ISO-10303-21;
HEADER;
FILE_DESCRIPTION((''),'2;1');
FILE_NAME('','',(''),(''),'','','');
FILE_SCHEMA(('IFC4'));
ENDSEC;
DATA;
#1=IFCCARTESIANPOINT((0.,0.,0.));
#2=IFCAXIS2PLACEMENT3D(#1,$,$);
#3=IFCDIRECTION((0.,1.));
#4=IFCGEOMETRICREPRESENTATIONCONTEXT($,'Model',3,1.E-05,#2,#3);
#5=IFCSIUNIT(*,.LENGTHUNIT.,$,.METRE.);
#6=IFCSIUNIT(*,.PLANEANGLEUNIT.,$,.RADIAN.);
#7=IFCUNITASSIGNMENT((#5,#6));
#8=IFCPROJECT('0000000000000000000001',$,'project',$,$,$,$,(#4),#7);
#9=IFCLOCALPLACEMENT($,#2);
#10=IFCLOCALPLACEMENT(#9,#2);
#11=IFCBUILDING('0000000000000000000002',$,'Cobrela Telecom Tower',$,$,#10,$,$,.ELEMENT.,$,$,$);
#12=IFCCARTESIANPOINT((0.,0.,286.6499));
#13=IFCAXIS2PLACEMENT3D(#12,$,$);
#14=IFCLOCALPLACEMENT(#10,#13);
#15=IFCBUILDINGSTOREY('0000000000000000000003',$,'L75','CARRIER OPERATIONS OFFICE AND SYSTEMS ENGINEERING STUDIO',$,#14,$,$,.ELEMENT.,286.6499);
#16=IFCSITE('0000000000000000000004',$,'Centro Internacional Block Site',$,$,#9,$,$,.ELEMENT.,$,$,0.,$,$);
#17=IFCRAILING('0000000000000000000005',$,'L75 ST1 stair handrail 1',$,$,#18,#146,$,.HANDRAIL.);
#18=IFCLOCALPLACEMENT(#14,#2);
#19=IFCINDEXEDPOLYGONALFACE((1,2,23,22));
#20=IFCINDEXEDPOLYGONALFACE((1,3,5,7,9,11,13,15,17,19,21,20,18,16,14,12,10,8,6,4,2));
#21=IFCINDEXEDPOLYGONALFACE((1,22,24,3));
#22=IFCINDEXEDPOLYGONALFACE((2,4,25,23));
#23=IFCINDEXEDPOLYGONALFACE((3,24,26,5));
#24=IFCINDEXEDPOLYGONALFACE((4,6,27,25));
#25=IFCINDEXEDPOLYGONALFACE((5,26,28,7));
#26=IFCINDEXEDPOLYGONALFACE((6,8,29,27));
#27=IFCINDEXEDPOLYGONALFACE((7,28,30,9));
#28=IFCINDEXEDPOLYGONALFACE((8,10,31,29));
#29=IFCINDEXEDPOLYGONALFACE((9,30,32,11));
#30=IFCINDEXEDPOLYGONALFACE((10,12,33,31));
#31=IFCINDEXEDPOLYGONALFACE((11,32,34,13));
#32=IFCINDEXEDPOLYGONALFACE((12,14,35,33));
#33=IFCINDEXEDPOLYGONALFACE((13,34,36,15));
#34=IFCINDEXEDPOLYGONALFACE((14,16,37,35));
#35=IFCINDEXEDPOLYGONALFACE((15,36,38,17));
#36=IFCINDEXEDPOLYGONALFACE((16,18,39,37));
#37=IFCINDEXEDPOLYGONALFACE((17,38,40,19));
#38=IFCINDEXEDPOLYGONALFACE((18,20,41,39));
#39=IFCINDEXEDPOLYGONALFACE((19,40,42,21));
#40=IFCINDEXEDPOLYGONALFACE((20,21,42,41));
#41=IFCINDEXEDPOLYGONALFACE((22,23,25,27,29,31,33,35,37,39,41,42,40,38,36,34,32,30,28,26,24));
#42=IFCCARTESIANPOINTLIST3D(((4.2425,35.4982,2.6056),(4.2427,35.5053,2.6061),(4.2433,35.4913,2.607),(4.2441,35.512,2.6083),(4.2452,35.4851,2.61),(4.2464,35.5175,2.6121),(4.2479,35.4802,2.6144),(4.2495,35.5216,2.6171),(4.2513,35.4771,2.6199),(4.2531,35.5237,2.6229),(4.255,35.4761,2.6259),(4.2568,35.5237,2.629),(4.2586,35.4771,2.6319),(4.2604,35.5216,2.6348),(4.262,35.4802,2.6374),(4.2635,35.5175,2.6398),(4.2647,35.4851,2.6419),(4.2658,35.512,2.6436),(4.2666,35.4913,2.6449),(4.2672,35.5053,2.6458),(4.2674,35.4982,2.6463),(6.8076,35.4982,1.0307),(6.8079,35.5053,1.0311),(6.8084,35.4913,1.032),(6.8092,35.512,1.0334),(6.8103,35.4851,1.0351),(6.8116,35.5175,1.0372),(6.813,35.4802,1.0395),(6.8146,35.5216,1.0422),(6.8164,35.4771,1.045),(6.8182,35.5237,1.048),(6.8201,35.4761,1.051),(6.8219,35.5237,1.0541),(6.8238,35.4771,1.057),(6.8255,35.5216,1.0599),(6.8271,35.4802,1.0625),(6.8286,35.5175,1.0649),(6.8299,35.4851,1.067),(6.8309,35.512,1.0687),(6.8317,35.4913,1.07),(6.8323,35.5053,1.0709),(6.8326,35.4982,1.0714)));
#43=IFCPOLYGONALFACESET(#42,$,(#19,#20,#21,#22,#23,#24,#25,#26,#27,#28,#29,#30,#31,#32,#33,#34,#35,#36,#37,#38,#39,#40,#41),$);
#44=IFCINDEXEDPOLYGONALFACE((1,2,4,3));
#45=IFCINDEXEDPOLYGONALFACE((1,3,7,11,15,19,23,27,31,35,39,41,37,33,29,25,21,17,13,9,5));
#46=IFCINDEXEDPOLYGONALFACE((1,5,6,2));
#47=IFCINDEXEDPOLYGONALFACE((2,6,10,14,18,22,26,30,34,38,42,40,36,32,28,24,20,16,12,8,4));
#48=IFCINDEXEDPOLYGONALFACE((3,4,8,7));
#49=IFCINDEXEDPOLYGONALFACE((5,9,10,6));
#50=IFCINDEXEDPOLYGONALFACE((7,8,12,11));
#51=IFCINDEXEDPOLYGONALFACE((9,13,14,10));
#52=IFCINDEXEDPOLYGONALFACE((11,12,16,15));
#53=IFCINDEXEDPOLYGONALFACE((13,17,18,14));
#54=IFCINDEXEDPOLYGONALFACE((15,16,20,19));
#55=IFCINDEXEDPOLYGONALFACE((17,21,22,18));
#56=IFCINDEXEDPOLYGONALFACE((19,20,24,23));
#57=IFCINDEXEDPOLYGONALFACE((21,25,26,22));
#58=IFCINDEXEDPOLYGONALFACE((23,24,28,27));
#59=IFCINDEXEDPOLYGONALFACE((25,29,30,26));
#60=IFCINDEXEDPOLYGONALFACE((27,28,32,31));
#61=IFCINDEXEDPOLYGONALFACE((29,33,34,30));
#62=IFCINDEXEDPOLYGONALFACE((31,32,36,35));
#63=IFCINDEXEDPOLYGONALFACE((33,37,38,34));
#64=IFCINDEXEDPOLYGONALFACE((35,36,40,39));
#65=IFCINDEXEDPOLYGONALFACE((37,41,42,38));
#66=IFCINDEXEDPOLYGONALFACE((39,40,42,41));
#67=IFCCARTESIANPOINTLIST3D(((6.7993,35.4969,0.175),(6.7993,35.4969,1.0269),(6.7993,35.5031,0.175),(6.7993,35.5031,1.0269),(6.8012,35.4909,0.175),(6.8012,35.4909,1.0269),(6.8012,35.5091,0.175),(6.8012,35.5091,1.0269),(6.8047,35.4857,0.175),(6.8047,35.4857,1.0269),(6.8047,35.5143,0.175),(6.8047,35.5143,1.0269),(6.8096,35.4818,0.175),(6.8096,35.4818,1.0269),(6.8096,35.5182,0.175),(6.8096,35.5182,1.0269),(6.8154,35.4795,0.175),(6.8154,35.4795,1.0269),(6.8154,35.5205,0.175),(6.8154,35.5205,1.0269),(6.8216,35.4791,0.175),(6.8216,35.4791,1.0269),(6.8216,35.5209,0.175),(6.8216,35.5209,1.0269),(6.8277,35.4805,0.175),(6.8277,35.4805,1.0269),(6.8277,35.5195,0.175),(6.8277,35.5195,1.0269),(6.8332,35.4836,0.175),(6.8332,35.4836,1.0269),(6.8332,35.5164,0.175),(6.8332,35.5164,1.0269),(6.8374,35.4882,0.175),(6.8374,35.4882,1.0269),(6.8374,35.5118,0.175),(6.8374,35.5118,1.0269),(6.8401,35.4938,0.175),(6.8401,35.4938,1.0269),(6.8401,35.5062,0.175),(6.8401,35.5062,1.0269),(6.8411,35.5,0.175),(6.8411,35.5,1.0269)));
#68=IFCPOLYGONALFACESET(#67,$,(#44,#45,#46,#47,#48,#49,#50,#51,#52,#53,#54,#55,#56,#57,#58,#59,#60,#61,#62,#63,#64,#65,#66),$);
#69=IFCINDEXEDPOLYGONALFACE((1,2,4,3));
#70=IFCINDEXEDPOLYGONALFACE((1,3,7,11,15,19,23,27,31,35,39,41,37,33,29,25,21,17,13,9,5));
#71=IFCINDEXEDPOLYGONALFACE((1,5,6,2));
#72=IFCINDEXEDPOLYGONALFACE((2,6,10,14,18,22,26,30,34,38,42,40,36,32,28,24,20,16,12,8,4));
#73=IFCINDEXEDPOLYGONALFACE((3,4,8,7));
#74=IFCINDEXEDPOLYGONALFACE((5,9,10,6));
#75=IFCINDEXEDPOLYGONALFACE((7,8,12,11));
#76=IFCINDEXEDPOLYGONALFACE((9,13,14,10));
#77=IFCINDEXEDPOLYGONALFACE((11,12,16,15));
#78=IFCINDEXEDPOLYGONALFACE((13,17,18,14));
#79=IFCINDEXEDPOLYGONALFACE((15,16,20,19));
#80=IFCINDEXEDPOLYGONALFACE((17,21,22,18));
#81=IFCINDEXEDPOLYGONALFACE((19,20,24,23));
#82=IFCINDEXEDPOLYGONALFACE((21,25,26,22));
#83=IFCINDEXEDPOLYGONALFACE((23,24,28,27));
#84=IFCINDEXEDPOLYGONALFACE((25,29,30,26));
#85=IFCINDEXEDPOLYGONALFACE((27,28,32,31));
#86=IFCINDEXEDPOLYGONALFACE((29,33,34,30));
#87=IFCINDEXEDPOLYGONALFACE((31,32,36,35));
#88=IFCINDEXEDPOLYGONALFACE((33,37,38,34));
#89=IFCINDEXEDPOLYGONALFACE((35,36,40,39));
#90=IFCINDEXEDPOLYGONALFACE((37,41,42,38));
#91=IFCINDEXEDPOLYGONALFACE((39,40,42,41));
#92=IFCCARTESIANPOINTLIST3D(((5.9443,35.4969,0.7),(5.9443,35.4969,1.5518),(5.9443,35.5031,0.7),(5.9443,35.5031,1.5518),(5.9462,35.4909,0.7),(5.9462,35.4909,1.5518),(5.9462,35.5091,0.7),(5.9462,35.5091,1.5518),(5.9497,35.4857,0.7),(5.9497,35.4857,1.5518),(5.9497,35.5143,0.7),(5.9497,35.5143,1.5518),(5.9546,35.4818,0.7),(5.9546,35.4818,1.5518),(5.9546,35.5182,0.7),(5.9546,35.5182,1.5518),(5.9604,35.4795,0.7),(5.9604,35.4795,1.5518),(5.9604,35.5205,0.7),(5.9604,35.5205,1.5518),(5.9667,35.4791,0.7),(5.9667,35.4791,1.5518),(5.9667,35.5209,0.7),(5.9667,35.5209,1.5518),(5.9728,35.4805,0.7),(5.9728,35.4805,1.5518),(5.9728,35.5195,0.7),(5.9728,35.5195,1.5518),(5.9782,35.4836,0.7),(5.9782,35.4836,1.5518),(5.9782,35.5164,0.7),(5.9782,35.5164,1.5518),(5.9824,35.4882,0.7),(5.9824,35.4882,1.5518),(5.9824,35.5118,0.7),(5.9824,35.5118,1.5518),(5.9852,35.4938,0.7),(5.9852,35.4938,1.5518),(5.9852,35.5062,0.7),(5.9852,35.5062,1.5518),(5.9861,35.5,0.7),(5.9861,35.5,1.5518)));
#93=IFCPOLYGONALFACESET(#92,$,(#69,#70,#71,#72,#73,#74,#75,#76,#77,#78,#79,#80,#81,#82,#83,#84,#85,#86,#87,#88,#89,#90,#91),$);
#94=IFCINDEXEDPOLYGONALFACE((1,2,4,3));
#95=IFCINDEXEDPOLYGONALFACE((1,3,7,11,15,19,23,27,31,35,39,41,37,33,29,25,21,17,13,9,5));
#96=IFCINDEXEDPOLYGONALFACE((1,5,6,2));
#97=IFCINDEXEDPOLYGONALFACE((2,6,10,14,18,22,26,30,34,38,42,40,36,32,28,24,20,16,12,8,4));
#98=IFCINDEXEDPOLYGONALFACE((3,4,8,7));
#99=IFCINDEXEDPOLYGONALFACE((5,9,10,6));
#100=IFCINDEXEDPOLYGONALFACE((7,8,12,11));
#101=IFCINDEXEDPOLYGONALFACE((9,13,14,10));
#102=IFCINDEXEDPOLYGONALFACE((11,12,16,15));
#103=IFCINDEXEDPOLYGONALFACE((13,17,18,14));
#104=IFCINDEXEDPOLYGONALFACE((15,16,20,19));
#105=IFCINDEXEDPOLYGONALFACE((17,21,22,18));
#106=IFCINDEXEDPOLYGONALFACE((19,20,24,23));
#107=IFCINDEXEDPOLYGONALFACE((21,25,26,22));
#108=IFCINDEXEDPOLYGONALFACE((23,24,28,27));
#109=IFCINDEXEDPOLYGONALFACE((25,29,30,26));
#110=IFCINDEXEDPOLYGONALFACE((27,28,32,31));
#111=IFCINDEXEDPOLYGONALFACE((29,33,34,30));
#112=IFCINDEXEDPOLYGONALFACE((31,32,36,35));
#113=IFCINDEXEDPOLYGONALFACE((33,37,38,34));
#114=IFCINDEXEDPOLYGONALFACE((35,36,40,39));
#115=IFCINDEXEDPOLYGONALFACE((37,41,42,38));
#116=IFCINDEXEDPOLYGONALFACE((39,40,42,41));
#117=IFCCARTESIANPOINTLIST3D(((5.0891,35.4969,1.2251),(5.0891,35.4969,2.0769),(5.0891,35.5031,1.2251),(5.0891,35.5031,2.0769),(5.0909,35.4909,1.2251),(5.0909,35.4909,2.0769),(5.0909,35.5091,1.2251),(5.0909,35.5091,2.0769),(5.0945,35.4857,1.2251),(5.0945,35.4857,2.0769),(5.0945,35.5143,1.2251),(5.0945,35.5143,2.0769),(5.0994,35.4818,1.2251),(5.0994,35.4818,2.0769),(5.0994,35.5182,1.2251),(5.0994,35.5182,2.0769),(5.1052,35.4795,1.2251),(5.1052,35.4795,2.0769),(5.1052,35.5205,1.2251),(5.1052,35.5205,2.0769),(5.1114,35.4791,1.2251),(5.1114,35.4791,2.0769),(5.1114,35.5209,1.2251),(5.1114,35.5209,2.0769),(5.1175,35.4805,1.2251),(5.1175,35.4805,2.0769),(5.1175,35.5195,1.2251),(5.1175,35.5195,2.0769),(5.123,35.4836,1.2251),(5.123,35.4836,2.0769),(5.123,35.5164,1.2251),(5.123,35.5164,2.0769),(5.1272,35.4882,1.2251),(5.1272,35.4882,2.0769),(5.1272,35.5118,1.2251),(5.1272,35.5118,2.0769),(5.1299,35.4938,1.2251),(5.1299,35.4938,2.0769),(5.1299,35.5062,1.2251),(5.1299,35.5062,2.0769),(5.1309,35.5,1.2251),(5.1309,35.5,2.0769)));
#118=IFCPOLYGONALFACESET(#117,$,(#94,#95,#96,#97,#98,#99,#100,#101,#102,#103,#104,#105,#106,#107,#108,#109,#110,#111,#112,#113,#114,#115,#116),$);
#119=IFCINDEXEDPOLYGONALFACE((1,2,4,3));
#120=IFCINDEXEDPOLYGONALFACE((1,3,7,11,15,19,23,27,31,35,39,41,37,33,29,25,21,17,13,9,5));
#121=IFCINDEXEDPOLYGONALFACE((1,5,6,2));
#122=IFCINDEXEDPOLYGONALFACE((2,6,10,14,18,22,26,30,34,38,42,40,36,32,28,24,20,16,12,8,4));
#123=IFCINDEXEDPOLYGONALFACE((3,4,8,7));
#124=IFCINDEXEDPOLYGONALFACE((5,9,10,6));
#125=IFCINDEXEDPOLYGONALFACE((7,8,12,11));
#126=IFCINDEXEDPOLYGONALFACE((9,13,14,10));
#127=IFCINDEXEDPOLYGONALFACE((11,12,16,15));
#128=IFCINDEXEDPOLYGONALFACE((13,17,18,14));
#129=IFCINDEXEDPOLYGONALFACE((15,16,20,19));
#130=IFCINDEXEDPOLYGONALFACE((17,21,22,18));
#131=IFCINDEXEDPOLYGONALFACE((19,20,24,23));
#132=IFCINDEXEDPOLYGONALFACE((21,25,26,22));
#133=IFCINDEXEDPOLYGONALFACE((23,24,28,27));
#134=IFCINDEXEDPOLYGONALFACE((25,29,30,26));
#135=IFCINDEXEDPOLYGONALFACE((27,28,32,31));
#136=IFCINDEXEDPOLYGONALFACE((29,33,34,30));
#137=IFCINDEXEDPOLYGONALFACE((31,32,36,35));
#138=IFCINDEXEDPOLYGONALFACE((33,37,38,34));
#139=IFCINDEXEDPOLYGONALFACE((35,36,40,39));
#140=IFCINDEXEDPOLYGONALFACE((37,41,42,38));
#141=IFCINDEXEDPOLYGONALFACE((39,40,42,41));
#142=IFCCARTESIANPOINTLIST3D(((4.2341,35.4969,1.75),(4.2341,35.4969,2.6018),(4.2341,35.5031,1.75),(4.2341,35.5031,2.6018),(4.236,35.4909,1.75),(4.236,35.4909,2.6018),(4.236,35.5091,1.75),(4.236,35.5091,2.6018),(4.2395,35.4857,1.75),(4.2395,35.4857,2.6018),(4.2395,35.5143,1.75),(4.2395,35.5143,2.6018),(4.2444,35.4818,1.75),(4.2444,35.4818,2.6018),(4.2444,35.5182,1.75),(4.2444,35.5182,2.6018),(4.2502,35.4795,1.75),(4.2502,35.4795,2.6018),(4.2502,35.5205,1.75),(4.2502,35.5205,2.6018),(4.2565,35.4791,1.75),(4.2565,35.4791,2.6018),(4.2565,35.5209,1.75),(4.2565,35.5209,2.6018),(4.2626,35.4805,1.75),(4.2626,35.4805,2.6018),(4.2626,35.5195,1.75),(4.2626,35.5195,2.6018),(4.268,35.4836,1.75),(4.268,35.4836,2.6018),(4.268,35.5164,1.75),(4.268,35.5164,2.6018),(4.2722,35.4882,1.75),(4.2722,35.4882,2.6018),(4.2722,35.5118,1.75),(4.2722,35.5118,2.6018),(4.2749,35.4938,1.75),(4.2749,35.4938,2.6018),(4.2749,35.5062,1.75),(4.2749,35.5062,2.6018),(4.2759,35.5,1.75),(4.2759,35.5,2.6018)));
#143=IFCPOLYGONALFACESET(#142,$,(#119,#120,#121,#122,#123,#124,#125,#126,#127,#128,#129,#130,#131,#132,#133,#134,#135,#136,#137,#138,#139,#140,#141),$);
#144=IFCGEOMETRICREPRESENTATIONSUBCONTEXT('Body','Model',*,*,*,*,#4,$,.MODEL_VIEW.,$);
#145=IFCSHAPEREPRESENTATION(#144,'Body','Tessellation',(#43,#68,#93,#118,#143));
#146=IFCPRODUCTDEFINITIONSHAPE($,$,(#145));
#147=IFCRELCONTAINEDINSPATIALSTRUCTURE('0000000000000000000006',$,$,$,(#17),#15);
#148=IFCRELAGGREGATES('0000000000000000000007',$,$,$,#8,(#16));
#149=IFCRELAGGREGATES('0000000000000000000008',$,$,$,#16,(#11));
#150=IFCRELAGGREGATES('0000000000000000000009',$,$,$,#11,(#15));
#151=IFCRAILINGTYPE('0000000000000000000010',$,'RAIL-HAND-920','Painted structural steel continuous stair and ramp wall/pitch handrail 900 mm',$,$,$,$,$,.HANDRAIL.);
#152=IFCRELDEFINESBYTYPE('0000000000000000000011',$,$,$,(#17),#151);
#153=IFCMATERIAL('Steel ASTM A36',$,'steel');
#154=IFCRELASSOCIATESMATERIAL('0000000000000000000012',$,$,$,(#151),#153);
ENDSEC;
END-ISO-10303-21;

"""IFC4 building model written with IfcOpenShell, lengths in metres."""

from ifc_helpers import new_model, si_unit, direction, frame, origin, origin_2d, place, context, subcontext, project, spatial, circle, extrude, material, type_object, element, save


model = new_model("IFC4")

# Units and contexts
model_context = context("Model", 3, precision=1e-05, world=origin(), true_north=direction((0.0, 1.0)))
body_context = subcontext(model_context, "Body", "Model", "MODEL_VIEW")
ifc_project = project(units=[si_unit("LENGTHUNIT", "METRE"), si_unit("PLANEANGLEUNIT", "RADIAN")], contexts=[model_context])

# Site, building, storey
site_placement = place(None, origin())
site = spatial("IfcSite", under=ifc_project, at=site_placement, Name="Centro Internacional Block Site", CompositionType="ELEMENT", RefElevation=0.0)
building_placement = place(site_placement, origin())
building = spatial("IfcBuilding", under=site, at=building_placement, Name="Cobrela Telecom Tower", CompositionType="ELEMENT")
storey_placement = place(building_placement, frame((0.0, 0.0, 286.6499)))
storey = spatial("IfcBuildingStorey", under=building, at=storey_placement, Name="L75", Description="CARRIER OPERATIONS OFFICE AND SYSTEMS ENGINEERING STUDIO", CompositionType="ELEMENT", Elevation=286.6499)

# Shared definitions
ifc_material_1 = material(Name="Steel ASTM A36", Category="steel")

# Railing
railing_type_1 = type_object("IfcRailingType", Name="RAIL-HAND-920", Description="Painted structural steel continuous stair and ramp wall/pitch handrail 900 mm", PredefinedType="HANDRAIL", material=ifc_material_1)
railing_1_placement = place(storey_placement, frame((6.8201, 35.5, 0.175)))
element("IfcRailing", 1, at=railing_1_placement, inside=storey, type_object=railing_type_1, Name="L75 ST1 stair handrail 1", PredefinedType="HANDRAIL", context=body_context, shape_type="SweptSolid", body=[
    extrude(circle(Radius=0.0239, at=origin_2d()), frame((0.0, 0.0, 0.876), z_axis=(-0.852195, 0.0, 0.523224), x_axis=(0.0, -1.0, 0.0)), (0.0, 0.0, 1.0), 3.01),
    extrude(circle(Radius=0.021, at=origin_2d()), origin(), (0.0, 0.0, 1.0), 0.8518),
    extrude(circle(Radius=0.021, at=origin_2d()), frame((-0.855, 0.0, 0.5249)), (0.0, 0.0, 1.0), 0.8518),
    extrude(circle(Radius=0.021, at=origin_2d()), frame((-1.7102, 0.0, 1.05)), (0.0, 0.0, 1.0), 0.8518),
    extrude(circle(Radius=0.021, at=origin_2d()), frame((-2.5652, 0.0, 1.575)), (0.0, 0.0, 1.0), 0.8518),
])

save(model, "model.ifc")
